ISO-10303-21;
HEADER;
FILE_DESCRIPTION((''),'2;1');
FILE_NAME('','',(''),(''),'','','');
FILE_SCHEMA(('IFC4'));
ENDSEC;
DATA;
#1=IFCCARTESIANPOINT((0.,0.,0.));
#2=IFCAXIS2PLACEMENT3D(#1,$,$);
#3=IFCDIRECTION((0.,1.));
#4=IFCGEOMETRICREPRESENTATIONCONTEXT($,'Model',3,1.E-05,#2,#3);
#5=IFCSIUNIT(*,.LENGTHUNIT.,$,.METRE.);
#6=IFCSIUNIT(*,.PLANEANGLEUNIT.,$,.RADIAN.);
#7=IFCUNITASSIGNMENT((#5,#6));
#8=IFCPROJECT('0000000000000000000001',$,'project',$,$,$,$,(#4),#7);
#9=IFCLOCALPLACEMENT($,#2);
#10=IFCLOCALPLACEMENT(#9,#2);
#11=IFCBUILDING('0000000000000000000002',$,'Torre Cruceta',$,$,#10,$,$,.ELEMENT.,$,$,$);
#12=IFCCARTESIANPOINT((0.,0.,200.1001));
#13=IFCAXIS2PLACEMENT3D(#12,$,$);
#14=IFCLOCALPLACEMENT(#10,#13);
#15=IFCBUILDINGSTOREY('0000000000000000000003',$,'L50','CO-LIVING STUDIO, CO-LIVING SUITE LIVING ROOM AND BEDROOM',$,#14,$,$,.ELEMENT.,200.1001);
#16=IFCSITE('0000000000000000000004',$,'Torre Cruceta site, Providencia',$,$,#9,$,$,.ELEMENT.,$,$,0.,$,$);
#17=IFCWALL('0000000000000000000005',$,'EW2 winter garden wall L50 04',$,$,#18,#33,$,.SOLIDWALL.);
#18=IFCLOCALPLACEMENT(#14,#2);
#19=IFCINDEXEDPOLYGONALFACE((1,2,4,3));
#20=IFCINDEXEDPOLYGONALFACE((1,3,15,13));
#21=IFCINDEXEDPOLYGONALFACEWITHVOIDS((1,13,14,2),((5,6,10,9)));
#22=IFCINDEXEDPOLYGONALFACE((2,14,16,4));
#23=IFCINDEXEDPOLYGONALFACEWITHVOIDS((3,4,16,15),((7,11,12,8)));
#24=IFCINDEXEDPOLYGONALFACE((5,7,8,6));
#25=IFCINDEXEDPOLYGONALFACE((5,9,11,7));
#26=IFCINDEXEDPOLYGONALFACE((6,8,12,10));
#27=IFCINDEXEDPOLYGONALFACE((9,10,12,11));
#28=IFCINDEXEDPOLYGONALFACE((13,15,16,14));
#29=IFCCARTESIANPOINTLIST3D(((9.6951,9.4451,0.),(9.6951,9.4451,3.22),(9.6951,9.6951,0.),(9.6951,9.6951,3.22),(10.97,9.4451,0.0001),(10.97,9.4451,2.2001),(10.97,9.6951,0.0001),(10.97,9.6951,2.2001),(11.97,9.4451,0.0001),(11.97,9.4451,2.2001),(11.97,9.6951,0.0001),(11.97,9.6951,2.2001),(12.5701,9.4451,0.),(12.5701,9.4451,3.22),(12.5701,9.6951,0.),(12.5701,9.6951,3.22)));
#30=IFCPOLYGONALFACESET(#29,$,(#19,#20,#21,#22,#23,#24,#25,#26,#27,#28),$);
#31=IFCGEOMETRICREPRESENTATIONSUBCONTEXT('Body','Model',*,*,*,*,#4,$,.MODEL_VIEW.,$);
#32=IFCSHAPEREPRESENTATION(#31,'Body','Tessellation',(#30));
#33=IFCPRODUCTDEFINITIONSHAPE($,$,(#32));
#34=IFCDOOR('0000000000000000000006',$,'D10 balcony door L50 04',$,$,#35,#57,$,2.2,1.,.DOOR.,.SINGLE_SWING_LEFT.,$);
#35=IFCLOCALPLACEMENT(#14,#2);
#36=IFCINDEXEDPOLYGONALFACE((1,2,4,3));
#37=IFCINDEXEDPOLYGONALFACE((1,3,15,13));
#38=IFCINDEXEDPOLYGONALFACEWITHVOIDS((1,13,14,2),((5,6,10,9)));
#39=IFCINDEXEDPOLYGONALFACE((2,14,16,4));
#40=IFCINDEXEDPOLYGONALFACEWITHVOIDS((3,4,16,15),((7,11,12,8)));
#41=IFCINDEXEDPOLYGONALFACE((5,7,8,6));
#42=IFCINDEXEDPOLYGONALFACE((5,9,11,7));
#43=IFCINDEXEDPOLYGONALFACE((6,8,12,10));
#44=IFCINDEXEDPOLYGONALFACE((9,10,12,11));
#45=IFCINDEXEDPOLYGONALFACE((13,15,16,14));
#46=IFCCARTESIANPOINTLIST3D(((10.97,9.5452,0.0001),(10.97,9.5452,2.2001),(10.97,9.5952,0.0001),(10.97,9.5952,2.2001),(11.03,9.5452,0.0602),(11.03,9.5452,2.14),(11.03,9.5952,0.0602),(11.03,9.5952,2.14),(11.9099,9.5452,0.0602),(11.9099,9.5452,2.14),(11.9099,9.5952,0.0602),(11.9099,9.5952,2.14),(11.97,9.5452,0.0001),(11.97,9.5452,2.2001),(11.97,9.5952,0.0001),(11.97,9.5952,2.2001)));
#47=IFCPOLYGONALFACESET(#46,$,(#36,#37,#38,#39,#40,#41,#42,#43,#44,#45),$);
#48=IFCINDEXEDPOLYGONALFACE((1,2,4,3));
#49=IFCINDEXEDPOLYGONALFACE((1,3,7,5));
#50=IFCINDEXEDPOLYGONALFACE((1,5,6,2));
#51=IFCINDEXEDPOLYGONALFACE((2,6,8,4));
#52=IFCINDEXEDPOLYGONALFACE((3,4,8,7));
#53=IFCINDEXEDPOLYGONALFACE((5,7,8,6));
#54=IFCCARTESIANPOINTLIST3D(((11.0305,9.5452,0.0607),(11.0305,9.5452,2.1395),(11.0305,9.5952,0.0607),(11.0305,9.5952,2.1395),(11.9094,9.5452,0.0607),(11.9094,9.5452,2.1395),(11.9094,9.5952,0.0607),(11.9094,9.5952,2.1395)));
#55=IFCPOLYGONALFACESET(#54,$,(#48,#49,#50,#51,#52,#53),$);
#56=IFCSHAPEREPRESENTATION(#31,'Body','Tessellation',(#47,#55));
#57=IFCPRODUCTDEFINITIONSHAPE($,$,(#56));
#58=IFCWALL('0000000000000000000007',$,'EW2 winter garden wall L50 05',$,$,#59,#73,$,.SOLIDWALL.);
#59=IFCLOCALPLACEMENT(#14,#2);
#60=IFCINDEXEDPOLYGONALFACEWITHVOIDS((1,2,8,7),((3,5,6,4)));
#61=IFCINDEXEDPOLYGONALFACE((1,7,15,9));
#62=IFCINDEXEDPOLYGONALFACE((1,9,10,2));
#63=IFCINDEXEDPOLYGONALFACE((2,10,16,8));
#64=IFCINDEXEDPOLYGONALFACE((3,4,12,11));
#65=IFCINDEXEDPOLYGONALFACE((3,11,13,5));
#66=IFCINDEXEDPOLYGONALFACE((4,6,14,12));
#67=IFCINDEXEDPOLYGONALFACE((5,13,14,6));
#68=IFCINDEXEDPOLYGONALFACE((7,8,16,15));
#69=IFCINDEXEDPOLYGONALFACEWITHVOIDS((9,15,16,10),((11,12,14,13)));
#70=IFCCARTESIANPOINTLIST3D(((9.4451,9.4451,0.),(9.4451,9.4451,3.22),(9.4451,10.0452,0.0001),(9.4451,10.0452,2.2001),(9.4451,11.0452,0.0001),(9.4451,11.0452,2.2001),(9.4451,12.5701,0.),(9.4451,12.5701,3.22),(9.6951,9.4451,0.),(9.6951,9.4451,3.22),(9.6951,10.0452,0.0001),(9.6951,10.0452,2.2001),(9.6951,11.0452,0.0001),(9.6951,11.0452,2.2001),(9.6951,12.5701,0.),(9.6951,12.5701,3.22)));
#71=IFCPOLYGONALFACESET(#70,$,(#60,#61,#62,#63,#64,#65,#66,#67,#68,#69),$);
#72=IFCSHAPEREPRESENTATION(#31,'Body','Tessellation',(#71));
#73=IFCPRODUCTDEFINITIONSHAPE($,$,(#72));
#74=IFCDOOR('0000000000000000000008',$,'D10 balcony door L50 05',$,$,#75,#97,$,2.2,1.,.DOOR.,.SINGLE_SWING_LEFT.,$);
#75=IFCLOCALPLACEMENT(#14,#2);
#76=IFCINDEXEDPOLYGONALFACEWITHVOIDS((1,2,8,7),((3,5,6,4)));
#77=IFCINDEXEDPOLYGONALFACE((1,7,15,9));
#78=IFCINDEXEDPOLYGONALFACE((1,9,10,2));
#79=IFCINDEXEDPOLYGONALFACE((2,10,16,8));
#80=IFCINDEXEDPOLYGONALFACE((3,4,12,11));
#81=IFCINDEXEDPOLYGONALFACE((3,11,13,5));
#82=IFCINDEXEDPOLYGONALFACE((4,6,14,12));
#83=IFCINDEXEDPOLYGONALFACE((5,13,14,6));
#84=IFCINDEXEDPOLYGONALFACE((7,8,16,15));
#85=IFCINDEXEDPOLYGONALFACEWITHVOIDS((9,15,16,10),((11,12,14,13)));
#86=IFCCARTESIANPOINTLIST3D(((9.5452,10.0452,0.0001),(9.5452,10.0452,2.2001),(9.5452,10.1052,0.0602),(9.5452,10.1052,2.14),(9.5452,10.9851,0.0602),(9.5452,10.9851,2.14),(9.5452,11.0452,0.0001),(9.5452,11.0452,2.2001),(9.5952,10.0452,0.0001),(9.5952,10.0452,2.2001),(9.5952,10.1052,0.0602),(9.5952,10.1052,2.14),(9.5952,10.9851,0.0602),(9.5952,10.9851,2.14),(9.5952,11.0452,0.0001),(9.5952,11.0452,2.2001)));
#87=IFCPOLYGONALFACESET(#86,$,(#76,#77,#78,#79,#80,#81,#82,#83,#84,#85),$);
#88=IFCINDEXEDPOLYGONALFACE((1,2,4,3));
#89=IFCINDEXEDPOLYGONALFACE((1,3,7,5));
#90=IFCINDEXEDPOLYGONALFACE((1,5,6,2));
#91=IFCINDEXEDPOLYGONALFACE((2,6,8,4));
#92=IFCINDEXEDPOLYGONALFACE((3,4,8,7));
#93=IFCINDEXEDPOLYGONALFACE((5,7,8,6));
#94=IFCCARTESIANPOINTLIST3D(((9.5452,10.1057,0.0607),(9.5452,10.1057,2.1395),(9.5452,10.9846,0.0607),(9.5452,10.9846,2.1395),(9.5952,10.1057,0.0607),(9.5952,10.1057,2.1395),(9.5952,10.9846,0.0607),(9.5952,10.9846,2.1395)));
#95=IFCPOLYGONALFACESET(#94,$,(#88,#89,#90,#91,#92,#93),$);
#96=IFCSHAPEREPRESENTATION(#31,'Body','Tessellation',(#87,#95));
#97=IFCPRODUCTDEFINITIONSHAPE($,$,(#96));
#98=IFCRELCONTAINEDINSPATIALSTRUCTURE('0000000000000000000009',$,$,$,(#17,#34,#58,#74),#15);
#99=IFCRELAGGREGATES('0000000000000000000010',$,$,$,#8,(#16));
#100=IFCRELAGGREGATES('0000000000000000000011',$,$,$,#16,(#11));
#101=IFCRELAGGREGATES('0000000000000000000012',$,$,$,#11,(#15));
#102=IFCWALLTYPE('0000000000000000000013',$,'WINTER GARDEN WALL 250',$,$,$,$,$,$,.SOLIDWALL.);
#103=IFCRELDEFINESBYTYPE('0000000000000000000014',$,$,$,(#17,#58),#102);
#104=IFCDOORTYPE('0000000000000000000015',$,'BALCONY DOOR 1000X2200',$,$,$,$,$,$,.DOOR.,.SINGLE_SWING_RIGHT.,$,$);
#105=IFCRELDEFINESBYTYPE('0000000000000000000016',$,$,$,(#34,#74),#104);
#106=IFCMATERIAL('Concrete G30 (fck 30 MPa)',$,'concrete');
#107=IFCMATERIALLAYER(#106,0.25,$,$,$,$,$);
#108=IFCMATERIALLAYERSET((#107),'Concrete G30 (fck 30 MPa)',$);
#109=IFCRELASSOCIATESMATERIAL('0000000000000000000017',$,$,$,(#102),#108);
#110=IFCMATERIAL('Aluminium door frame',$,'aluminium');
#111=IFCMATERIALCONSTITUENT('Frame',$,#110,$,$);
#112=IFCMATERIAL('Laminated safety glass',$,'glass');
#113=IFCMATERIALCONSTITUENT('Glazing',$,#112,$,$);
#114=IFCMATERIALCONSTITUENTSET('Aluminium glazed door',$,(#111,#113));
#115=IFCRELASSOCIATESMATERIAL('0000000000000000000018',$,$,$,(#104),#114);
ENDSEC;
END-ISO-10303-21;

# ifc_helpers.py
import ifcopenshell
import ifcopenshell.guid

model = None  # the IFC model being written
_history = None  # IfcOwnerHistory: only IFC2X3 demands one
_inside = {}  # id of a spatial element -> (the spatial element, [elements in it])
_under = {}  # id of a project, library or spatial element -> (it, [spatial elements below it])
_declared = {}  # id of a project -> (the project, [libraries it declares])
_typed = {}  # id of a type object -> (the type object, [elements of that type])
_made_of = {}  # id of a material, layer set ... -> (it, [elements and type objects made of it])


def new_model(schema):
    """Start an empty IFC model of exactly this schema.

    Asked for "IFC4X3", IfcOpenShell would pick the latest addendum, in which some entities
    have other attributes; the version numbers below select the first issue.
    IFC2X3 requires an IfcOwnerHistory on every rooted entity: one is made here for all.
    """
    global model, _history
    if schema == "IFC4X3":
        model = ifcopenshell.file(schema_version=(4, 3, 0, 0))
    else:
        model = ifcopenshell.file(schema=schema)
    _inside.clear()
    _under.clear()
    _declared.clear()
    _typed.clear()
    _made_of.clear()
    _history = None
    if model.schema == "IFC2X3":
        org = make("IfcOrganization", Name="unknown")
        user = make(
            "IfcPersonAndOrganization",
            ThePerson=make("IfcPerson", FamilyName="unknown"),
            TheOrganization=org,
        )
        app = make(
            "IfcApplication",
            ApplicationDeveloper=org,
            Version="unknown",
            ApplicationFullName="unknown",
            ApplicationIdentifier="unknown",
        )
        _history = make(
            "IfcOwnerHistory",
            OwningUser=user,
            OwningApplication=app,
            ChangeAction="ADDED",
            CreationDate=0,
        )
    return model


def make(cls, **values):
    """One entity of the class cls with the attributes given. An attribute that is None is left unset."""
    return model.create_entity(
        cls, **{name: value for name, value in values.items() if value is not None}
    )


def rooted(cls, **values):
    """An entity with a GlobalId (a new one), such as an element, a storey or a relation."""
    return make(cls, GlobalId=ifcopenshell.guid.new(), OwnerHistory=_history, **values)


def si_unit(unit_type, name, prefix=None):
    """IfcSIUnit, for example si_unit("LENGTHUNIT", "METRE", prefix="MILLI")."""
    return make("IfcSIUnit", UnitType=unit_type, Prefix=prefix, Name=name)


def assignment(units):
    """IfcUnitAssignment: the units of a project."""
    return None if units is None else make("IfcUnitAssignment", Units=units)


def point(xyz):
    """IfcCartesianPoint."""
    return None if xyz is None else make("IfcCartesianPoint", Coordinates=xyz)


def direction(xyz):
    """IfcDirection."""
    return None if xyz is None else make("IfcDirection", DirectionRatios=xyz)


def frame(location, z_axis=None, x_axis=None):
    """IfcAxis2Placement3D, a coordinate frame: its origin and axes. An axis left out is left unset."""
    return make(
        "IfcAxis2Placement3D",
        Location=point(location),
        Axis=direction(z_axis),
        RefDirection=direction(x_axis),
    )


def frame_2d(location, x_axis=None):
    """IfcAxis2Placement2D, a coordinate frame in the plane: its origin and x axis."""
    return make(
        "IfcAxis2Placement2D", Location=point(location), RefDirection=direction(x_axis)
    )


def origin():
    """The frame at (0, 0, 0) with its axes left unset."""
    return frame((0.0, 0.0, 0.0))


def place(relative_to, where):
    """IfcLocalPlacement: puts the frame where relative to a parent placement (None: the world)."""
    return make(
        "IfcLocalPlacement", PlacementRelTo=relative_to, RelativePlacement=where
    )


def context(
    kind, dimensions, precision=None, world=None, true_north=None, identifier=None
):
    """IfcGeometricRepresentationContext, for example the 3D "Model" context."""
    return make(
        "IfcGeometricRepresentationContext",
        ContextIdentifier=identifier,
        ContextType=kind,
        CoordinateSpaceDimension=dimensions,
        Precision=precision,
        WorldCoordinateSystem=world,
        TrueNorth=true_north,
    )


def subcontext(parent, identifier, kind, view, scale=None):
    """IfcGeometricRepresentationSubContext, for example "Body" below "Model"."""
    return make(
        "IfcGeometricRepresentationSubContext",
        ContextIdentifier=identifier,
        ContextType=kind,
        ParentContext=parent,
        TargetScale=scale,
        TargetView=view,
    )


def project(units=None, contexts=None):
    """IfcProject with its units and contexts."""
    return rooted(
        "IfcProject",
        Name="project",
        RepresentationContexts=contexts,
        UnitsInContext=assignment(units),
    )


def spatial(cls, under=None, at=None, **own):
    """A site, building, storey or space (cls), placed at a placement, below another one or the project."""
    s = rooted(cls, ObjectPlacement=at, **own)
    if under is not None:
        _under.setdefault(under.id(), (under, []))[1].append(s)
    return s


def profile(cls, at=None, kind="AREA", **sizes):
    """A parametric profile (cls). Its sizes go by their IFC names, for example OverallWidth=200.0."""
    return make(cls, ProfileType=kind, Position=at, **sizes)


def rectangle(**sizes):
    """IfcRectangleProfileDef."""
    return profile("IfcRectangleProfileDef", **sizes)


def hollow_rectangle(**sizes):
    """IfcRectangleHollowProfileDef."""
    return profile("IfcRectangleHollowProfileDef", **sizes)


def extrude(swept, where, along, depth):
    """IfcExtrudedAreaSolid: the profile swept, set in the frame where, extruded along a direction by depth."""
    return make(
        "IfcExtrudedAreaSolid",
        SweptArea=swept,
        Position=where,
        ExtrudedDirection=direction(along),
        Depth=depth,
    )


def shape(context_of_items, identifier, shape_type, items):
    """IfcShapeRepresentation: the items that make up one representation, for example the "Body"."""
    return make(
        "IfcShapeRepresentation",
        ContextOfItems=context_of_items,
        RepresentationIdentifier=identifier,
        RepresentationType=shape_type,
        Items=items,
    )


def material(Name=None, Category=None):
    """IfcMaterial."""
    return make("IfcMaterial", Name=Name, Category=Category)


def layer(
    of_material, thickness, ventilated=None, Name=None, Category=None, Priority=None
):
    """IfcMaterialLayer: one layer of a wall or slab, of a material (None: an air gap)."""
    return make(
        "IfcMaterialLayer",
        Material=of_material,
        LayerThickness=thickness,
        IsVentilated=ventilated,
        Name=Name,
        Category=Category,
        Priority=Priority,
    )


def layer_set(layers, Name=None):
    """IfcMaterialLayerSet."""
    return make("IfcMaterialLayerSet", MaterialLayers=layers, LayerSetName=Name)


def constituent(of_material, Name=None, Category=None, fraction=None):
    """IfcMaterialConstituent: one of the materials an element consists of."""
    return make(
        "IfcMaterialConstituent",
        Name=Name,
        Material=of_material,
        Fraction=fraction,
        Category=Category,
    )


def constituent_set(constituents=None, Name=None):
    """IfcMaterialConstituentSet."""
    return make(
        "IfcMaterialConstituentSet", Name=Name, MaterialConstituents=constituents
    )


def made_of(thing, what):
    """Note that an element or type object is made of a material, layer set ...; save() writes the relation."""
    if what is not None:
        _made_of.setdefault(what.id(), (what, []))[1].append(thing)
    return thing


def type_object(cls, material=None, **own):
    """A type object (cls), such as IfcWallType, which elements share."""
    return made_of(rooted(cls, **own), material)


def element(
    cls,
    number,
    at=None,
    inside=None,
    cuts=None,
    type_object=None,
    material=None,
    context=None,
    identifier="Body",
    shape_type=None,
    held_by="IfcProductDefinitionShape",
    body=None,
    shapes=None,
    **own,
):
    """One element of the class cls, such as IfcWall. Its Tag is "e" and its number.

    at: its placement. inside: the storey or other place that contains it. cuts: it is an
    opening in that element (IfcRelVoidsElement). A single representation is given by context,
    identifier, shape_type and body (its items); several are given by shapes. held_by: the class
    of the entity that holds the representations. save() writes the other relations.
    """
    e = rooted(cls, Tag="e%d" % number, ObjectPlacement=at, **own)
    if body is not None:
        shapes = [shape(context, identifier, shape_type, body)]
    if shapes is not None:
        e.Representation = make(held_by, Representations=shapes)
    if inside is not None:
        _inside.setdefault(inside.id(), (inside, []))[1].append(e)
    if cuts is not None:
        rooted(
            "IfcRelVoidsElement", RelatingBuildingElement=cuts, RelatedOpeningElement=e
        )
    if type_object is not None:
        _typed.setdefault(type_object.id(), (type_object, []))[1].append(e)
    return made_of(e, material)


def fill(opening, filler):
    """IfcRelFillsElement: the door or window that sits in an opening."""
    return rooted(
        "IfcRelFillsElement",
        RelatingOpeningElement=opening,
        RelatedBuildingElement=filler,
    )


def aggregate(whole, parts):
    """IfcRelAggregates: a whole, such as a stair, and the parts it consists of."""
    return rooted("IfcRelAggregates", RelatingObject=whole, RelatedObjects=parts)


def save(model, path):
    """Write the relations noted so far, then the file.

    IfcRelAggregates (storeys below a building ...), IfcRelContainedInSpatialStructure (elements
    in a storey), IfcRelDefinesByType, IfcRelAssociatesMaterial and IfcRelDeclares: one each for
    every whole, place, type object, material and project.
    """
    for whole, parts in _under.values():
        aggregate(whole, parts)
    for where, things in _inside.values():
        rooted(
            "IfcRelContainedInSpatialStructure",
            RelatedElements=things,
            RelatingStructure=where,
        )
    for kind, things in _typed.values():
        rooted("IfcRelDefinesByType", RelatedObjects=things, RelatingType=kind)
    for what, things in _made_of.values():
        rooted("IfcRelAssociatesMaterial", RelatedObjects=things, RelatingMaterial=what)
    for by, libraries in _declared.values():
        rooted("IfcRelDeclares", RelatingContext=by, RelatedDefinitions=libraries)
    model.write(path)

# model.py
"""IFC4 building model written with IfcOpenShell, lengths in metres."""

from ifc_helpers import new_model, si_unit, direction, frame, frame_2d, origin, place, context, subcontext, project, spatial, rectangle, hollow_rectangle, extrude, material, layer, layer_set, constituent, constituent_set, type_object, element, fill, save


model = new_model("IFC4")

# Units and contexts
model_context = context("Model", 3, precision=1e-05, world=origin(), true_north=direction((0.0, 1.0)))
body_context = subcontext(model_context, "Body", "Model", "MODEL_VIEW")
ifc_project = project(units=[si_unit("LENGTHUNIT", "METRE"), si_unit("PLANEANGLEUNIT", "RADIAN")], contexts=[model_context])

# Site, building, storey
site_placement = place(None, origin())
site = spatial("IfcSite", under=ifc_project, at=site_placement, Name="Torre Cruceta site, Providencia", CompositionType="ELEMENT", RefElevation=0.0)
building_placement = place(site_placement, origin())
building = spatial("IfcBuilding", under=site, at=building_placement, Name="Torre Cruceta", CompositionType="ELEMENT")
storey_placement = place(building_placement, frame((0.0, 0.0, 200.1001)))
storey = spatial("IfcBuildingStorey", under=building, at=storey_placement, Name="L50", Description="CO-LIVING STUDIO, CO-LIVING SUITE LIVING ROOM AND BEDROOM", CompositionType="ELEMENT", Elevation=200.1001)

# Walls, openings, doors
ifc_material_1 = material(Name="Concrete G30 (fck 30 MPa)", Category="concrete")
ifc_layer_1 = layer(ifc_material_1, 0.25)
ifc_layer_set_1 = layer_set([ifc_layer_1], Name="Concrete G30 (fck 30 MPa)")
wall_type_1 = type_object("IfcWallType", Name="WINTER GARDEN WALL 250", PredefinedType="SOLIDWALL", material=ifc_layer_set_1)
wall_1_placement = place(storey_placement, frame((12.5701, 9.5701, 0.0), z_axis=(0.0, 0.0, 1.0), x_axis=(-1.0, 0.0, 0.0)))
wall_1 = element("IfcWall", 1, at=wall_1_placement, inside=storey, type_object=wall_type_1, Name="EW2 winter garden wall L50 04", PredefinedType="SOLIDWALL", context=body_context, shape_type="SweptSolid", body=[
    extrude(rectangle(XDim=2.875, YDim=0.25, at=frame_2d((1.4375, 0.0))), origin(), (0.0, 0.0, 1.0), 3.22),
])
opening_1_placement = place(wall_1_placement, frame((0.6001, 0.0, 0.0)))
opening_1 = element("IfcOpeningElement", 2, at=opening_1_placement, cuts=wall_1, PredefinedType="OPENING", context=body_context, shape_type="SweptSolid", body=[
    extrude(rectangle(XDim=1.0, YDim=2.2, at=frame_2d((0.5, 1.1001))), frame((0.0, 0.135, 0.0), z_axis=(0.0, -1.0, 0.0), x_axis=(1.0, 0.0, 0.0)), (0.0, 0.0, 1.0), 0.27),
])
ifc_material_2 = material(Name="Aluminium door frame", Category="aluminium")
ifc_constituent_1 = constituent(ifc_material_2, Name="Frame")
ifc_material_3 = material(Name="Laminated safety glass", Category="glass")
ifc_constituent_2 = constituent(ifc_material_3, Name="Glazing")
ifc_constituent_set_1 = constituent_set(constituents=[ifc_constituent_1, ifc_constituent_2], Name="Aluminium glazed door")
door_type_1 = type_object("IfcDoorType", Name="BALCONY DOOR 1000X2200", OperationType="SINGLE_SWING_RIGHT", PredefinedType="DOOR", material=ifc_constituent_set_1)
door_1_placement = place(opening_1_placement, origin())
door_1 = element("IfcDoor", 3, at=door_1_placement, inside=storey, type_object=door_type_1, Name="D10 balcony door L50 04", OperationType="SINGLE_SWING_LEFT", OverallHeight=2.2, OverallWidth=1.0, PredefinedType="DOOR", context=body_context, shape_type="SweptSolid", body=[
    extrude(hollow_rectangle(XDim=1.0, YDim=2.2, WallThickness=0.0601, at=frame_2d((0.5, 1.1001))), frame((0.0, 0.0249, 0.0), z_axis=(0.0, -1.0, 0.0), x_axis=(1.0, 0.0, 0.0)), (0.0, 0.0, 1.0), 0.05),
    extrude(rectangle(XDim=0.8789, YDim=2.0789, at=frame_2d((0.5, 1.1001))), frame((0.0, 0.0249, 0.0), z_axis=(0.0, -1.0, 0.0), x_axis=(1.0, 0.0, 0.0)), (0.0, 0.0, 1.0), 0.05),
])
fill(opening_1, door_1)
wall_2_placement = place(storey_placement, frame((9.5701, 9.4451, 0.0), z_axis=(0.0, 0.0, 1.0), x_axis=(0.0, 1.0, 0.0)))
wall_2 = element("IfcWall", 4, at=wall_2_placement, inside=storey, type_object=wall_type_1, Name="EW2 winter garden wall L50 05", PredefinedType="SOLIDWALL", context=body_context, shape_type="SweptSolid", body=[
    extrude(rectangle(XDim=3.125, YDim=0.25, at=frame_2d((1.5625, 0.0))), origin(), (0.0, 0.0, 1.0), 3.22),
])
opening_2_placement = place(wall_2_placement, frame((0.6001, 0.0, 0.0)))
opening_2 = element("IfcOpeningElement", 5, at=opening_2_placement, cuts=wall_2, PredefinedType="OPENING", context=body_context, shape_type="SweptSolid", body=[
    extrude(rectangle(XDim=1.0, YDim=2.2, at=frame_2d((0.5, 1.1001))), frame((0.0, 0.135, 0.0), z_axis=(0.0, -1.0, 0.0), x_axis=(1.0, 0.0, 0.0)), (0.0, 0.0, 1.0), 0.27),
])
door_2_placement = place(opening_2_placement, origin())
door_2 = element("IfcDoor", 6, at=door_2_placement, inside=storey, type_object=door_type_1, Name="D10 balcony door L50 05", OperationType="SINGLE_SWING_LEFT", OverallHeight=2.2, OverallWidth=1.0, PredefinedType="DOOR", context=body_context, shape_type="SweptSolid", body=[
    extrude(hollow_rectangle(XDim=1.0, YDim=2.2, WallThickness=0.0601, at=frame_2d((0.5, 1.1001))), frame((0.0, 0.0249, 0.0), z_axis=(0.0, -1.0, 0.0), x_axis=(1.0, 0.0, 0.0)), (0.0, 0.0, 1.0), 0.05),
    extrude(rectangle(XDim=0.8789, YDim=2.0789, at=frame_2d((0.5, 1.1001))), frame((0.0, 0.0249, 0.0), z_axis=(0.0, -1.0, 0.0), x_axis=(1.0, 0.0, 0.0)), (0.0, 0.0, 1.0), 0.05),
])
fill(opening_2, door_2)

save(model, "model.ifc")
